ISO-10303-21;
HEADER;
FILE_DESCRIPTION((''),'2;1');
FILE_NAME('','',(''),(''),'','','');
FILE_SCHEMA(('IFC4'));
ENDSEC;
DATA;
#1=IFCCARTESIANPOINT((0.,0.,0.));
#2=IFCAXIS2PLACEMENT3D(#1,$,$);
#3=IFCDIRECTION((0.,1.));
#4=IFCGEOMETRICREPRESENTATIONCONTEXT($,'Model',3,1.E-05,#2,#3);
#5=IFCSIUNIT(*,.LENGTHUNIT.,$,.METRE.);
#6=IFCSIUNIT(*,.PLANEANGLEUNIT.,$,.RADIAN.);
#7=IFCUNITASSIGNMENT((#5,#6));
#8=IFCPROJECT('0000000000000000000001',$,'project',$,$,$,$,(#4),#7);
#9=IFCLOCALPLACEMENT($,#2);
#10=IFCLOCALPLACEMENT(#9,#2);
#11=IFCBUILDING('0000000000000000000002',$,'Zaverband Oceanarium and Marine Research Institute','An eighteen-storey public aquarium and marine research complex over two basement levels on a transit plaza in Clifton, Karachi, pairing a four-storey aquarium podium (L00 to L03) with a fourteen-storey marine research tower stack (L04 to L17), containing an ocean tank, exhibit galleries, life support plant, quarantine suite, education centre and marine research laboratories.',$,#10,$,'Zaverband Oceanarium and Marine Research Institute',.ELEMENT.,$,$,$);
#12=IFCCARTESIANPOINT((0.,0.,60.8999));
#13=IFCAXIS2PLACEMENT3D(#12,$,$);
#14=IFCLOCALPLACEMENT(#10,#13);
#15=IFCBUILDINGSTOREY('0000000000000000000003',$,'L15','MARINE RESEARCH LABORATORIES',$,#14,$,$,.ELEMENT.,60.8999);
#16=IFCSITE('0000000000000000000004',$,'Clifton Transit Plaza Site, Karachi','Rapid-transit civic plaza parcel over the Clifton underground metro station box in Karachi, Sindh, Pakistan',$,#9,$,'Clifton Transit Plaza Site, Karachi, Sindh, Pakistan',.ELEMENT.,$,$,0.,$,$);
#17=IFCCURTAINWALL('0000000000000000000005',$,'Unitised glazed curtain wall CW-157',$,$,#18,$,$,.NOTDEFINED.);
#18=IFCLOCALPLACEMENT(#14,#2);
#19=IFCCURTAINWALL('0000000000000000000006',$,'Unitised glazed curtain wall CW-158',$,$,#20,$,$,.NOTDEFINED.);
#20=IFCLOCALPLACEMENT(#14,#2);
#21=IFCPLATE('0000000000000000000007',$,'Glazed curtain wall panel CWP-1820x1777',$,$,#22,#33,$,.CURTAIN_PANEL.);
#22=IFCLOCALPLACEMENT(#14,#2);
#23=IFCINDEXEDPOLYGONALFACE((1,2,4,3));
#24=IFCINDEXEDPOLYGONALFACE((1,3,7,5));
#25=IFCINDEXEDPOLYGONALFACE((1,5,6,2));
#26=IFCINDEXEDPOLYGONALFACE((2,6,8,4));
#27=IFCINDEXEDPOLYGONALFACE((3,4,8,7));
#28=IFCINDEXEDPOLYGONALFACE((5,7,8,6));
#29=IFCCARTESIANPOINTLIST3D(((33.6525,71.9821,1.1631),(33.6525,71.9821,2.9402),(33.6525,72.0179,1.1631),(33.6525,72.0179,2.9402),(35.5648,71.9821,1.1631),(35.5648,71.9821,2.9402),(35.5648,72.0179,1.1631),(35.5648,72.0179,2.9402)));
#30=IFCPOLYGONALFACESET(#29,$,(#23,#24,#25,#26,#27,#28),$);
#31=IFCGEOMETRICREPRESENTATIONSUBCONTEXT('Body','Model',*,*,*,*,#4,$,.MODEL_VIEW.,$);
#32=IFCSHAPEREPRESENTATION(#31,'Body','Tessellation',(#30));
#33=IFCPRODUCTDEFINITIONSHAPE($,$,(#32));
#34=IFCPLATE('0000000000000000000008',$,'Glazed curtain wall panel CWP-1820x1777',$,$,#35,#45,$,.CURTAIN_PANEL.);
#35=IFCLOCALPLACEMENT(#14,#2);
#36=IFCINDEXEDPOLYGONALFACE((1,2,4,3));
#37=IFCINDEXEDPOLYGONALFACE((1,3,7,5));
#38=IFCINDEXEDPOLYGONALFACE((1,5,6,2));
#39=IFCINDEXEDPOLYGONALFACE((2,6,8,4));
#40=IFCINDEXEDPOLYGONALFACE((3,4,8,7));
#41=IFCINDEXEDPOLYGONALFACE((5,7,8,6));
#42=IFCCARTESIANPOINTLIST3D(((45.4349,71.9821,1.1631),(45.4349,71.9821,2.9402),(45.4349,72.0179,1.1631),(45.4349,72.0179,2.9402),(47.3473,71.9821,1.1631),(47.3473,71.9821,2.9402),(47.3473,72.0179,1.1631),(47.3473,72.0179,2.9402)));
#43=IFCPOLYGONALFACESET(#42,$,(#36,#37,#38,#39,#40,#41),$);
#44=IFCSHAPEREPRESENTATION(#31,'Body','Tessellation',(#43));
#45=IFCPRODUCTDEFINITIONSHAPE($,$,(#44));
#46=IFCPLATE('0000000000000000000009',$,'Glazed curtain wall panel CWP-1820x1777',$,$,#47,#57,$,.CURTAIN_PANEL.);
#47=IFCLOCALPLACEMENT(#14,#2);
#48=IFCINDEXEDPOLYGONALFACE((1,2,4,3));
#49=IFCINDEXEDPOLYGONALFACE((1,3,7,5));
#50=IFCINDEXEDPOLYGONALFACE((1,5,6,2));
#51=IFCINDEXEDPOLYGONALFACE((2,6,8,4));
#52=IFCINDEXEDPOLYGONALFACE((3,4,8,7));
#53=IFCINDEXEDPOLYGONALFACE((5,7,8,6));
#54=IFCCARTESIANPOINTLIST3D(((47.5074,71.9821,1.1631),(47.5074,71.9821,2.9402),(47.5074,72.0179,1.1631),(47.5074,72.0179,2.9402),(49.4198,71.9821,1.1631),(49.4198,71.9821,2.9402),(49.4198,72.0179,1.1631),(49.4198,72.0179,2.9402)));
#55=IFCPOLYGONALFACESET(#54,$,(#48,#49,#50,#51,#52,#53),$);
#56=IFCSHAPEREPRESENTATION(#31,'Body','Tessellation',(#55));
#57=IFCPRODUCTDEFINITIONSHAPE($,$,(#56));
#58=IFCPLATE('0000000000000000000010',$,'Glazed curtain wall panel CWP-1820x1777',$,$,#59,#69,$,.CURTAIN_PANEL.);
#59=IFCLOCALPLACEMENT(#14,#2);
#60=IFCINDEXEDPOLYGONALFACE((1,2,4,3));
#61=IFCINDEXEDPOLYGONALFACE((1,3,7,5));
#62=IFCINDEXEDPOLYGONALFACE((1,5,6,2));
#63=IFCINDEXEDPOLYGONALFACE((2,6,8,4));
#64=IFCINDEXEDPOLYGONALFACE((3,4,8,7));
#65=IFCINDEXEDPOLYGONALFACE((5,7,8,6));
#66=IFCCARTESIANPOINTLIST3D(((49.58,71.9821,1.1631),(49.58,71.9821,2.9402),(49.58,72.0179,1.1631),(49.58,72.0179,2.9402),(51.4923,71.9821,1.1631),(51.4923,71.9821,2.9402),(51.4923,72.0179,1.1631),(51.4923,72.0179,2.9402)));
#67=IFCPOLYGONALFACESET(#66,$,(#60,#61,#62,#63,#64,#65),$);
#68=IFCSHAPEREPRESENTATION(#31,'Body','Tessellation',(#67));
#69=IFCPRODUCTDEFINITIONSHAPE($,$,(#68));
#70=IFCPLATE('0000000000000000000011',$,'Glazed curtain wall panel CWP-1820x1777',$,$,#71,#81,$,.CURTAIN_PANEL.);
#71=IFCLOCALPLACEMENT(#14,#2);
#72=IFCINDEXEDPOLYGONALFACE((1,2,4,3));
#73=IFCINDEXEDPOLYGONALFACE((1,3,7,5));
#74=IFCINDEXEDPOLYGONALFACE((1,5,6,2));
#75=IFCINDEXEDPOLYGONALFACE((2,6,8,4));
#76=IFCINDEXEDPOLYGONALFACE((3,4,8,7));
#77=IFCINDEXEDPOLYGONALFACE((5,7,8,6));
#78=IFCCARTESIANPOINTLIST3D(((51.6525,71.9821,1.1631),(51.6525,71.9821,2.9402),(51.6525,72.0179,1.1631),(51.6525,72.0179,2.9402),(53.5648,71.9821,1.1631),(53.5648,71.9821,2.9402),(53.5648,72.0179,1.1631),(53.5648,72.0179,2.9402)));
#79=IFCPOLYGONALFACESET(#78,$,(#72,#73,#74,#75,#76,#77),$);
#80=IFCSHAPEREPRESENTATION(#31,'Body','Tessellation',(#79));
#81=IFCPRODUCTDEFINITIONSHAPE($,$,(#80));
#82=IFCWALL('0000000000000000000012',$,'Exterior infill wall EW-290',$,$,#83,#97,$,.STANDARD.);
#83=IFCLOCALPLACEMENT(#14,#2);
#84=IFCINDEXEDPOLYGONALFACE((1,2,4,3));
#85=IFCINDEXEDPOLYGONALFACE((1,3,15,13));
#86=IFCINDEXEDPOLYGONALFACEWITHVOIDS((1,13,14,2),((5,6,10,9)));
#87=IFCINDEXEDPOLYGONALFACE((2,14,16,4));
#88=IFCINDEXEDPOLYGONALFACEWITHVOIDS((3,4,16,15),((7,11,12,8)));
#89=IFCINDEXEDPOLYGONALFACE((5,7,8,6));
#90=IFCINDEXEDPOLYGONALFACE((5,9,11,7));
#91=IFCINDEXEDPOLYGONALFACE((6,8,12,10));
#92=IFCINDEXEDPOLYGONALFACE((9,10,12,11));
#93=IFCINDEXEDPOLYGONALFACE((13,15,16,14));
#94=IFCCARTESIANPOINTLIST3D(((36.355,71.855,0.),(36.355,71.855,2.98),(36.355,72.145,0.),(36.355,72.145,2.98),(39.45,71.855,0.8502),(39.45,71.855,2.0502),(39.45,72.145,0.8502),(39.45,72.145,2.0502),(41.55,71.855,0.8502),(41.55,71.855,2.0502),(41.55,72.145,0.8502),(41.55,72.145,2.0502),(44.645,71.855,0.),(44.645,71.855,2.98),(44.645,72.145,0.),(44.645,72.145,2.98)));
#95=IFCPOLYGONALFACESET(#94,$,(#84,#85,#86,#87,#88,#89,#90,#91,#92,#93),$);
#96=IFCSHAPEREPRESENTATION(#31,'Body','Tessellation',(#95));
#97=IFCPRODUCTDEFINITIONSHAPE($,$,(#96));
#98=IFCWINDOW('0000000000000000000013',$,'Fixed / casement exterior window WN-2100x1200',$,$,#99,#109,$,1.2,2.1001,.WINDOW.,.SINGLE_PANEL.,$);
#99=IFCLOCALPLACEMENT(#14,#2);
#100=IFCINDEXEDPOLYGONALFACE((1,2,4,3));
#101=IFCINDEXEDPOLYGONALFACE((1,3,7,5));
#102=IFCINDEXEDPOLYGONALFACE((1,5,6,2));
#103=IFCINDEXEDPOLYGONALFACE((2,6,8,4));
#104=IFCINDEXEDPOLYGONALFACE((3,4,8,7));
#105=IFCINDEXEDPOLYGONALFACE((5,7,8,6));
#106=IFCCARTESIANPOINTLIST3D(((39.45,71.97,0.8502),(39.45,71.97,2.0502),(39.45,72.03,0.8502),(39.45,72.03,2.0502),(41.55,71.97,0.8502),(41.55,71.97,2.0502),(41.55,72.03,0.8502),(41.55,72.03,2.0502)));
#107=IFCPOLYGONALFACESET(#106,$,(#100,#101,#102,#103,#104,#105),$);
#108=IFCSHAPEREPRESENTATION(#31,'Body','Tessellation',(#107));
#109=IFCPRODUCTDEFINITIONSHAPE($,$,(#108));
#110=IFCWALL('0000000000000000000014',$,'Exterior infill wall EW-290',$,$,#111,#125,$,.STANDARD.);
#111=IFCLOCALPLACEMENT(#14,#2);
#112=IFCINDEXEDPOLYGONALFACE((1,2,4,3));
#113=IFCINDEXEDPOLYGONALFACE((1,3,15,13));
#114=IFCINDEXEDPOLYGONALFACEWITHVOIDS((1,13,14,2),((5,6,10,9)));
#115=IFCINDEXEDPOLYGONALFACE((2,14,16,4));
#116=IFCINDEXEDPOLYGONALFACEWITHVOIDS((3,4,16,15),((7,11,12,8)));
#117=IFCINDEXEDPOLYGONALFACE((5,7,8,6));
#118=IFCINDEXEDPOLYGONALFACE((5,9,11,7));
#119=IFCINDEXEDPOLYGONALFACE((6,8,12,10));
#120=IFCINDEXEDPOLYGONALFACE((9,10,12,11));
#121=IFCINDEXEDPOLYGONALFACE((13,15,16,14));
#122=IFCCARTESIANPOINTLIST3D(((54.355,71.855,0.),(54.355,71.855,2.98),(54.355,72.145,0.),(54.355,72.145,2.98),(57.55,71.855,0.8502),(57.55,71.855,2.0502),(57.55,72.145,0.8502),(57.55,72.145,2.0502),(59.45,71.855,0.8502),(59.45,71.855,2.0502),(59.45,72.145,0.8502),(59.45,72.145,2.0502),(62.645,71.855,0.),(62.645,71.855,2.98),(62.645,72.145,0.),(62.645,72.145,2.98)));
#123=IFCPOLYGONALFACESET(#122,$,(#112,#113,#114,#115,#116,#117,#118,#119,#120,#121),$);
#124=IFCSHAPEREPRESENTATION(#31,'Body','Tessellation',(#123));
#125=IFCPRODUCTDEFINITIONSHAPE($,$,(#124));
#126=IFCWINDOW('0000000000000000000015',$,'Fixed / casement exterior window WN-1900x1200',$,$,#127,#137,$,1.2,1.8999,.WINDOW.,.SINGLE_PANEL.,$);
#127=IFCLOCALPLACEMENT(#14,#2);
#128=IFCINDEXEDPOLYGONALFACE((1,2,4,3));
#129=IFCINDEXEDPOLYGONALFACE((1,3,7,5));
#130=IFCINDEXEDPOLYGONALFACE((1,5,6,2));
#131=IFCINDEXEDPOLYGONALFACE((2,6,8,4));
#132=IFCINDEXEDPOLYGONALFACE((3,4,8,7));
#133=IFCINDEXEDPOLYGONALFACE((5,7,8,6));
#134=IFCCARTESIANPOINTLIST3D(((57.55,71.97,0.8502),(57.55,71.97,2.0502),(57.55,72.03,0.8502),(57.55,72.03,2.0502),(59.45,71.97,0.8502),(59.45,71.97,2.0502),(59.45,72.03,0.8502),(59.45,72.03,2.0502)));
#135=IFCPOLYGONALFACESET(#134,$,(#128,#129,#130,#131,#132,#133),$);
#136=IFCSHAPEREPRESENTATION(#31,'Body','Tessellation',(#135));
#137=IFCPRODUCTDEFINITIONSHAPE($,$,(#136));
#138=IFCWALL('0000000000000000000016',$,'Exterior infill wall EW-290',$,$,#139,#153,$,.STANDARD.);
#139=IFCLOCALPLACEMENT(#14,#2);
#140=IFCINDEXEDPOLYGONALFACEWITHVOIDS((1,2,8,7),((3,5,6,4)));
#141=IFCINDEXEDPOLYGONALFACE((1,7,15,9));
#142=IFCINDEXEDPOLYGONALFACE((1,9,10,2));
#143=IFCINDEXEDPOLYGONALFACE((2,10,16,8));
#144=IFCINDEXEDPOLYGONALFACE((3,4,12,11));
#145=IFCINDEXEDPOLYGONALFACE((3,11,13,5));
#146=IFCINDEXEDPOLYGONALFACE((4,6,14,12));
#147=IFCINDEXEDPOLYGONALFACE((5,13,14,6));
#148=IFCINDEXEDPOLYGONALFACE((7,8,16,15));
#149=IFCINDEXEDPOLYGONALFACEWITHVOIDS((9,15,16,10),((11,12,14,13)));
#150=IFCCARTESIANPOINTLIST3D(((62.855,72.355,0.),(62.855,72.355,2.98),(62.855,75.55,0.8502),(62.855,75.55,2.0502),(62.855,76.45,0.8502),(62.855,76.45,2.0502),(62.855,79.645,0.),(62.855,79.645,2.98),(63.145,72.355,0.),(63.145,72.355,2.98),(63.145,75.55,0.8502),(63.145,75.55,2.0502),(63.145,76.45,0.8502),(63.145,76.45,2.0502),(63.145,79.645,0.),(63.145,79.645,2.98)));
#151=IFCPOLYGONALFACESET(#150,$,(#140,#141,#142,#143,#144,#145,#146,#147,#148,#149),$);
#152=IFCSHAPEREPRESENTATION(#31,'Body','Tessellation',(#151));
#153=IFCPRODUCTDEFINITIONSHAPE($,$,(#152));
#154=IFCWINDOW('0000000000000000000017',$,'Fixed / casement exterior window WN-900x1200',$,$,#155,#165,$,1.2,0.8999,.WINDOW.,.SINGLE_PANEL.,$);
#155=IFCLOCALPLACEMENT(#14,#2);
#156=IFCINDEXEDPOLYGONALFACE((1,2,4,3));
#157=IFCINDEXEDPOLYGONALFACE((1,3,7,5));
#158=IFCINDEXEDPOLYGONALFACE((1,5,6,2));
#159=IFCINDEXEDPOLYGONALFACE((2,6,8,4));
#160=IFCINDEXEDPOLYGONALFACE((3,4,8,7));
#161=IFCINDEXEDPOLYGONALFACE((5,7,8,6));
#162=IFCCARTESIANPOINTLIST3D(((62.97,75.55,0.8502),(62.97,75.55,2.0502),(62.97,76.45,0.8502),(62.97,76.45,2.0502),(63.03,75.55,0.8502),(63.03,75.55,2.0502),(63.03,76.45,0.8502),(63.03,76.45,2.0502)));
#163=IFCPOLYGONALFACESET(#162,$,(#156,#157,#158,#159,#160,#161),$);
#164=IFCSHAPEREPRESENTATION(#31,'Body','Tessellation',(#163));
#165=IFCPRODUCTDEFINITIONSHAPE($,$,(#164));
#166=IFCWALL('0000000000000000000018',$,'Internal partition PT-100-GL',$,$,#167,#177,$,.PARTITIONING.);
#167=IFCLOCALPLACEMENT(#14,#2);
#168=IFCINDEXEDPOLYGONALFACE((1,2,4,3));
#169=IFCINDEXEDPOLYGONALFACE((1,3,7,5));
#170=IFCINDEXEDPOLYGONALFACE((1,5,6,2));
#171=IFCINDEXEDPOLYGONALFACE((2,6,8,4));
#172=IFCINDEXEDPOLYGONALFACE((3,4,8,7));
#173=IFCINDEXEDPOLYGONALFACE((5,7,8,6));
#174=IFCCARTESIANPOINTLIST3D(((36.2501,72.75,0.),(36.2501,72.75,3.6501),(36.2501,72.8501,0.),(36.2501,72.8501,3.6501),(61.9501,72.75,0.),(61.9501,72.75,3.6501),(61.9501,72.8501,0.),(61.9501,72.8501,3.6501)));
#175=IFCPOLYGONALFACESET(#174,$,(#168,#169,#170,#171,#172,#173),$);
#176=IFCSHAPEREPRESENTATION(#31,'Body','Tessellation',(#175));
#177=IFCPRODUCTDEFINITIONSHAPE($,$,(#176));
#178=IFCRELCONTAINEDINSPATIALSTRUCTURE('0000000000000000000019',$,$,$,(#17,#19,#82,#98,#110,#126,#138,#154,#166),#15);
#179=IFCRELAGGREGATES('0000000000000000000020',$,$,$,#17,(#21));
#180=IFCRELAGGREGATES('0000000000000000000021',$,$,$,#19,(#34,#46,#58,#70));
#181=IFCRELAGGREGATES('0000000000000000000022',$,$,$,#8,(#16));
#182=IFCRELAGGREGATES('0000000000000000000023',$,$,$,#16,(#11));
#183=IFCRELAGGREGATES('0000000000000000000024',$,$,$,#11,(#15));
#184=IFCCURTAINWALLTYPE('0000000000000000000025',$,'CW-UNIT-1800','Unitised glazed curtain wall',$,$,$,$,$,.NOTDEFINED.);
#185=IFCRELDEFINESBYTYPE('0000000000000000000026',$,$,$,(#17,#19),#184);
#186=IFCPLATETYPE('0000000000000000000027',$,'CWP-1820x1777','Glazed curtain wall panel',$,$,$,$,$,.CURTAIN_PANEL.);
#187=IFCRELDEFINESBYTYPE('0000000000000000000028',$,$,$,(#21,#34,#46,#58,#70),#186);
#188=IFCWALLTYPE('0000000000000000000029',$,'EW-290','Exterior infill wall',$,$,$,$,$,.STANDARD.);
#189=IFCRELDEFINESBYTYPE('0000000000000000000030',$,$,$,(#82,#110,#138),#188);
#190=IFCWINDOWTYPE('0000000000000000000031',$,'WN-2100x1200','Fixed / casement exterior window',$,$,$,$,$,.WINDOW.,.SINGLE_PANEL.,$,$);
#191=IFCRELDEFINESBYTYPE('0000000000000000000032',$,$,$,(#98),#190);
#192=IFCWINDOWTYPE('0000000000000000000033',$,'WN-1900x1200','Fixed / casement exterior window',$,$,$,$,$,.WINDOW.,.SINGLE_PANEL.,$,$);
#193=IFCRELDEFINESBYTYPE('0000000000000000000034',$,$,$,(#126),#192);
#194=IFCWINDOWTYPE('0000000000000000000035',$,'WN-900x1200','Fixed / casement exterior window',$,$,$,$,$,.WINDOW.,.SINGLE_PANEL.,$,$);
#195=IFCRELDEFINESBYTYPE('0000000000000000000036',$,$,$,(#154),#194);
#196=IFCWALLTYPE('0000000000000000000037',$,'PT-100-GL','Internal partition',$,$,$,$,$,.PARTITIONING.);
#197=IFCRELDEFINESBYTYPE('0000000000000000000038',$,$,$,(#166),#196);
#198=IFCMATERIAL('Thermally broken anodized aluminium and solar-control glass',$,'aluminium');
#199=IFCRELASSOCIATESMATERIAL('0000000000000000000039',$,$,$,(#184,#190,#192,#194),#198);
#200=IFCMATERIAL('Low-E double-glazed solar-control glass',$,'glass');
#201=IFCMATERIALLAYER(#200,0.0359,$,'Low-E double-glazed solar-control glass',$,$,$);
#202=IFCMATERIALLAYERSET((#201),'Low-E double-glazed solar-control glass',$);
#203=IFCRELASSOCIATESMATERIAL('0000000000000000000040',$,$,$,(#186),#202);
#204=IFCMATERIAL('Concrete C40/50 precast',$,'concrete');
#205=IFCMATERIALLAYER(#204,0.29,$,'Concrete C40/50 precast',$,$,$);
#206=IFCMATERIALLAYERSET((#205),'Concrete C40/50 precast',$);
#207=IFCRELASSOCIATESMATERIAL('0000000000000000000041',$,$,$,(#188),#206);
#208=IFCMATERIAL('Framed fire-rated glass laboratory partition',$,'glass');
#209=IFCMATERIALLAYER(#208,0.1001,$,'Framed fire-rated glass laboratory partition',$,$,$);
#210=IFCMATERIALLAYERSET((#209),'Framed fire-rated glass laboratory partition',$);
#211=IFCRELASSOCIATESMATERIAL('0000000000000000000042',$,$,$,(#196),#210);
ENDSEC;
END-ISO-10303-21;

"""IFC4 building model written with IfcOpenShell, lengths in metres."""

from ifc_helpers import new_model, si_unit, direction, frame, frame_2d, origin, place, context, subcontext, project, spatial, rectangle, extrude, material, layer, layer_set, type_object, element, fill, aggregate, save


model = new_model("IFC4")

# Units and contexts
model_context = context("Model", 3, precision=1e-05, world=origin(), true_north=direction((0.0, 1.0)))
body_context = subcontext(model_context, "Body", "Model", "MODEL_VIEW")
ifc_project = project(units=[si_unit("LENGTHUNIT", "METRE"), si_unit("PLANEANGLEUNIT", "RADIAN")], contexts=[model_context])

# Site, building, storey
site_placement = place(None, origin())
site = spatial("IfcSite", under=ifc_project, at=site_placement, Name="Clifton Transit Plaza Site, Karachi", Description="Rapid-transit civic plaza parcel over the Clifton underground metro station box in Karachi, Sindh, Pakistan", LongName="Clifton Transit Plaza Site, Karachi, Sindh, Pakistan", CompositionType="ELEMENT", RefElevation=0.0)
building_placement = place(site_placement, origin())
building = spatial("IfcBuilding", under=site, at=building_placement, Name="Zaverband Oceanarium and Marine Research Institute", Description="An eighteen-storey public aquarium and marine research complex over two basement levels on a transit plaza in Clifton, Karachi, pairing a four-storey aquarium podium (L00 to L03) with a fourteen-storey marine research tower stack (L04 to L17), containing an ocean tank, exhibit galleries, life support plant, quarantine suite, education centre and marine research laboratories.", LongName="Zaverband Oceanarium and Marine Research Institute", CompositionType="ELEMENT")
storey_placement = place(building_placement, frame((0.0, 0.0, 60.8999)))
storey = spatial("IfcBuildingStorey", under=building, at=storey_placement, Name="L15", Description="MARINE RESEARCH LABORATORIES", CompositionType="ELEMENT", Elevation=60.8999)

# Curtain walls
ifc_material_1 = material(Name="Thermally broken anodized aluminium and solar-control glass", Category="aluminium")
curtain_wall_type = type_object("IfcCurtainWallType", Name="CW-UNIT-1800", Description="Unitised glazed curtain wall", PredefinedType="NOTDEFINED", material=ifc_material_1)
curtain_wall_1_placement = place(storey_placement, origin())
curtain_wall_1 = element("IfcCurtainWall", 1, at=curtain_wall_1_placement, inside=storey, type_object=curtain_wall_type, Name="Unitised glazed curtain wall CW-157", PredefinedType="NOTDEFINED")
curtain_wall_2_placement = place(storey_placement, origin())
curtain_wall_2 = element("IfcCurtainWall", 2, at=curtain_wall_2_placement, inside=storey, type_object=curtain_wall_type, Name="Unitised glazed curtain wall CW-158", PredefinedType="NOTDEFINED")

# Plates
ifc_material_2 = material(Name="Low-E double-glazed solar-control glass", Category="glass")
ifc_layer_1 = layer(ifc_material_2, 0.0359, Name="Low-E double-glazed solar-control glass")
ifc_layer_set_1 = layer_set([ifc_layer_1], Name="Low-E double-glazed solar-control glass")
plate_type_1 = type_object("IfcPlateType", Name="CWP-1820x1777", Description="Glazed curtain wall panel", PredefinedType="CURTAIN_PANEL", material=ifc_layer_set_1)
plate_1_placement = place(storey_placement, frame((33.6526, 72.0, 1.1631), z_axis=(0.0, 0.0, 1.0), x_axis=(1.0, 0.0, 0.0)))
plate_1 = element("IfcPlate", 3, at=plate_1_placement, type_object=plate_type_1, Name="Glazed curtain wall panel CWP-1820x1777", PredefinedType="CURTAIN_PANEL", context=body_context, shape_type="SweptSolid", body=[
    extrude(rectangle(XDim=1.9124, YDim=0.0359, at=frame_2d((0.9561, 0.0))), origin(), (0.0, 0.0, 1.0), 1.7771),
])
aggregate(curtain_wall_1, [plate_1])
plate_2_placement = place(storey_placement, frame((45.4351, 72.0, 1.1631), z_axis=(0.0, 0.0, 1.0), x_axis=(1.0, 0.0, 0.0)))
plate_2 = element("IfcPlate", 4, at=plate_2_placement, type_object=plate_type_1, Name="Glazed curtain wall panel CWP-1820x1777", PredefinedType="CURTAIN_PANEL", context=body_context, shape_type="SweptSolid", body=[
    extrude(rectangle(XDim=1.9124, YDim=0.0359, at=frame_2d((0.9561, 0.0))), origin(), (0.0, 0.0, 1.0), 1.7771),
])
plate_3_placement = place(storey_placement, frame((47.5076, 72.0, 1.1631), z_axis=(0.0, 0.0, 1.0), x_axis=(1.0, 0.0, 0.0)))
plate_3 = element("IfcPlate", 5, at=plate_3_placement, type_object=plate_type_1, Name="Glazed curtain wall panel CWP-1820x1777", PredefinedType="CURTAIN_PANEL", context=body_context, shape_type="SweptSolid", body=[
    extrude(rectangle(XDim=1.9124, YDim=0.0359, at=frame_2d((0.9561, 0.0))), origin(), (0.0, 0.0, 1.0), 1.7771),
])
plate_4_placement = place(storey_placement, frame((49.5801, 72.0, 1.1631), z_axis=(0.0, 0.0, 1.0), x_axis=(1.0, 0.0, 0.0)))
plate_4 = element("IfcPlate", 6, at=plate_4_placement, type_object=plate_type_1, Name="Glazed curtain wall panel CWP-1820x1777", PredefinedType="CURTAIN_PANEL", context=body_context, shape_type="SweptSolid", body=[
    extrude(rectangle(XDim=1.9124, YDim=0.0359, at=frame_2d((0.9561, 0.0))), origin(), (0.0, 0.0, 1.0), 1.7771),
])
plate_5_placement = place(storey_placement, frame((51.6526, 72.0, 1.1631), z_axis=(0.0, 0.0, 1.0), x_axis=(1.0, 0.0, 0.0)))
plate_5 = element("IfcPlate", 7, at=plate_5_placement, type_object=plate_type_1, Name="Glazed curtain wall panel CWP-1820x1777", PredefinedType="CURTAIN_PANEL", context=body_context, shape_type="SweptSolid", body=[
    extrude(rectangle(XDim=1.9124, YDim=0.0359, at=frame_2d((0.9561, 0.0))), origin(), (0.0, 0.0, 1.0), 1.7771),
])
aggregate(curtain_wall_2, [plate_2, plate_3, plate_4, plate_5])

# Walls, openings, windows
ifc_material_3 = material(Name="Concrete C40/50 precast", Category="concrete")
ifc_layer_2 = layer(ifc_material_3, 0.29, Name="Concrete C40/50 precast")
ifc_layer_set_2 = layer_set([ifc_layer_2], Name="Concrete C40/50 precast")
wall_type_1 = type_object("IfcWallType", Name="EW-290", Description="Exterior infill wall", PredefinedType="STANDARD", material=ifc_layer_set_2)
wall_1_placement = place(storey_placement, frame((36.355, 72.0, 0.0), z_axis=(0.0, 0.0, 1.0), x_axis=(1.0, 0.0, 0.0)))
wall_1 = element("IfcWall", 8, at=wall_1_placement, inside=storey, type_object=wall_type_1, Name="Exterior infill wall EW-290", PredefinedType="STANDARD", context=body_context, shape_type="SweptSolid", body=[
    extrude(rectangle(XDim=8.29, YDim=0.29, at=frame_2d((4.145, 0.0))), origin(), (0.0, 0.0, 1.0), 2.98),
])
opening_1_placement = place(wall_1_placement, frame((3.095, 0.0, 0.8501)))
opening_1 = element("IfcOpeningElement", 9, at=opening_1_placement, cuts=wall_1, PredefinedType="OPENING", context=body_context, shape_type="SweptSolid", body=[
    extrude(rectangle(XDim=2.1001, YDim=1.2, at=frame_2d((1.05, 0.6001))), frame((0.0, 0.157, 0.0), z_axis=(0.0, -1.0, 0.0), x_axis=(1.0, 0.0, 0.0)), (0.0, 0.0, 1.0), 0.314),
])
window_type_1 = type_object("IfcWindowType", Name="WN-2100x1200", Description="Fixed / casement exterior window", PartitioningType="SINGLE_PANEL", PredefinedType="WINDOW", material=ifc_material_1)
window_1_placement = place(opening_1_placement, origin())
window_1 = element("IfcWindow", 10, at=window_1_placement, inside=storey, type_object=window_type_1, Name="Fixed / casement exterior window WN-2100x1200", OverallHeight=1.2, OverallWidth=2.1001, PartitioningType="SINGLE_PANEL", PredefinedType="WINDOW", context=body_context, shape_type="SweptSolid", body=[
    extrude(rectangle(XDim=2.1001, YDim=1.2, at=frame_2d((1.05, 0.6001))), frame((0.0, 0.03, 0.0), z_axis=(0.0, -1.0, 0.0), x_axis=(1.0, 0.0, 0.0)), (0.0, 0.0, 1.0), 0.0601),
])
fill(opening_1, window_1)
wall_2_placement = place(storey_placement, frame((54.355, 72.0, 0.0), z_axis=(0.0, 0.0, 1.0), x_axis=(1.0, 0.0, 0.0)))
wall_2 = element("IfcWall", 11, at=wall_2_placement, inside=storey, type_object=wall_type_1, Name="Exterior infill wall EW-290", PredefinedType="STANDARD", context=body_context, shape_type="SweptSolid", body=[
    extrude(rectangle(XDim=8.29, YDim=0.29, at=frame_2d((4.145, 0.0))), origin(), (0.0, 0.0, 1.0), 2.98),
])
opening_2_placement = place(wall_2_placement, frame((3.1951, 0.0, 0.8501)))
opening_2 = element("IfcOpeningElement", 12, at=opening_2_placement, cuts=wall_2, PredefinedType="OPENING", context=body_context, shape_type="SweptSolid", body=[
    extrude(rectangle(XDim=1.8999, YDim=1.2, at=frame_2d((0.95, 0.6001))), frame((0.0, 0.157, 0.0), z_axis=(0.0, -1.0, 0.0), x_axis=(1.0, 0.0, 0.0)), (0.0, 0.0, 1.0), 0.314),
])
window_type_2 = type_object("IfcWindowType", Name="WN-1900x1200", Description="Fixed / casement exterior window", PartitioningType="SINGLE_PANEL", PredefinedType="WINDOW", material=ifc_material_1)
window_2_placement = place(opening_2_placement, origin())
window_2 = element("IfcWindow", 13, at=window_2_placement, inside=storey, type_object=window_type_2, Name="Fixed / casement exterior window WN-1900x1200", OverallHeight=1.2, OverallWidth=1.8999, PartitioningType="SINGLE_PANEL", PredefinedType="WINDOW", context=body_context, shape_type="SweptSolid", body=[
    extrude(rectangle(XDim=1.8999, YDim=1.2, at=frame_2d((0.95, 0.6001))), frame((0.0, 0.03, 0.0), z_axis=(0.0, -1.0, 0.0), x_axis=(1.0, 0.0, 0.0)), (0.0, 0.0, 1.0), 0.0601),
])
fill(opening_2, window_2)
wall_3_placement = place(storey_placement, frame((63.0, 72.355, 0.0), z_axis=(0.0, 0.0, 1.0), x_axis=(0.0, 1.0, 0.0)))
wall_3 = element("IfcWall", 14, at=wall_3_placement, inside=storey, type_object=wall_type_1, Name="Exterior infill wall EW-290", PredefinedType="STANDARD", context=body_context, shape_type="SweptSolid", body=[
    extrude(rectangle(XDim=7.29, YDim=0.29, at=frame_2d((3.645, 0.0))), origin(), (0.0, 0.0, 1.0), 2.98),
])
opening_3_placement = place(wall_3_placement, frame((3.1951, 0.0, 0.8501)))
opening_3 = element("IfcOpeningElement", 15, at=opening_3_placement, cuts=wall_3, PredefinedType="OPENING", context=body_context, shape_type="SweptSolid", body=[
    extrude(rectangle(XDim=0.8999, YDim=1.2, at=frame_2d((0.45, 0.6001))), frame((0.0, 0.157, 0.0), z_axis=(0.0, -1.0, 0.0), x_axis=(1.0, 0.0, 0.0)), (0.0, 0.0, 1.0), 0.314),
])
window_type_3 = type_object("IfcWindowType", Name="WN-900x1200", Description="Fixed / casement exterior window", PartitioningType="SINGLE_PANEL", PredefinedType="WINDOW", material=ifc_material_1)
window_3_placement = place(opening_3_placement, origin())
window_3 = element("IfcWindow", 16, at=window_3_placement, inside=storey, type_object=window_type_3, Name="Fixed / casement exterior window WN-900x1200", OverallHeight=1.2, OverallWidth=0.8999, PartitioningType="SINGLE_PANEL", PredefinedType="WINDOW", context=body_context, shape_type="SweptSolid", body=[
    extrude(rectangle(XDim=0.8999, YDim=1.2, at=frame_2d((0.45, 0.6001))), frame((0.0, 0.03, 0.0), z_axis=(0.0, -1.0, 0.0), x_axis=(1.0, 0.0, 0.0)), (0.0, 0.0, 1.0), 0.0601),
])
fill(opening_3, window_3)

# Wall
ifc_material_4 = material(Name="Framed fire-rated glass laboratory partition", Category="glass")
ifc_layer_3 = layer(ifc_material_4, 0.1001, Name="Framed fire-rated glass laboratory partition")
ifc_layer_set_3 = layer_set([ifc_layer_3], Name="Framed fire-rated glass laboratory partition")
wall_type_2 = type_object("IfcWallType", Name="PT-100-GL", Description="Internal partition", PredefinedType="PARTITIONING", material=ifc_layer_set_3)
wall_4_placement = place(storey_placement, frame((36.25, 72.8, 0.0), z_axis=(0.0, 0.0, 1.0), x_axis=(1.0, 0.0, 0.0)))
element("IfcWall", 17, at=wall_4_placement, inside=storey, type_object=wall_type_2, Name="Internal partition PT-100-GL", PredefinedType="PARTITIONING", context=body_context, shape_type="SweptSolid", body=[
    extrude(rectangle(XDim=25.7, YDim=0.1001, at=frame_2d((12.8501, 0.0))), origin(), (0.0, 0.0, 1.0), 3.6501),
])

save(model, "model.ifc")
